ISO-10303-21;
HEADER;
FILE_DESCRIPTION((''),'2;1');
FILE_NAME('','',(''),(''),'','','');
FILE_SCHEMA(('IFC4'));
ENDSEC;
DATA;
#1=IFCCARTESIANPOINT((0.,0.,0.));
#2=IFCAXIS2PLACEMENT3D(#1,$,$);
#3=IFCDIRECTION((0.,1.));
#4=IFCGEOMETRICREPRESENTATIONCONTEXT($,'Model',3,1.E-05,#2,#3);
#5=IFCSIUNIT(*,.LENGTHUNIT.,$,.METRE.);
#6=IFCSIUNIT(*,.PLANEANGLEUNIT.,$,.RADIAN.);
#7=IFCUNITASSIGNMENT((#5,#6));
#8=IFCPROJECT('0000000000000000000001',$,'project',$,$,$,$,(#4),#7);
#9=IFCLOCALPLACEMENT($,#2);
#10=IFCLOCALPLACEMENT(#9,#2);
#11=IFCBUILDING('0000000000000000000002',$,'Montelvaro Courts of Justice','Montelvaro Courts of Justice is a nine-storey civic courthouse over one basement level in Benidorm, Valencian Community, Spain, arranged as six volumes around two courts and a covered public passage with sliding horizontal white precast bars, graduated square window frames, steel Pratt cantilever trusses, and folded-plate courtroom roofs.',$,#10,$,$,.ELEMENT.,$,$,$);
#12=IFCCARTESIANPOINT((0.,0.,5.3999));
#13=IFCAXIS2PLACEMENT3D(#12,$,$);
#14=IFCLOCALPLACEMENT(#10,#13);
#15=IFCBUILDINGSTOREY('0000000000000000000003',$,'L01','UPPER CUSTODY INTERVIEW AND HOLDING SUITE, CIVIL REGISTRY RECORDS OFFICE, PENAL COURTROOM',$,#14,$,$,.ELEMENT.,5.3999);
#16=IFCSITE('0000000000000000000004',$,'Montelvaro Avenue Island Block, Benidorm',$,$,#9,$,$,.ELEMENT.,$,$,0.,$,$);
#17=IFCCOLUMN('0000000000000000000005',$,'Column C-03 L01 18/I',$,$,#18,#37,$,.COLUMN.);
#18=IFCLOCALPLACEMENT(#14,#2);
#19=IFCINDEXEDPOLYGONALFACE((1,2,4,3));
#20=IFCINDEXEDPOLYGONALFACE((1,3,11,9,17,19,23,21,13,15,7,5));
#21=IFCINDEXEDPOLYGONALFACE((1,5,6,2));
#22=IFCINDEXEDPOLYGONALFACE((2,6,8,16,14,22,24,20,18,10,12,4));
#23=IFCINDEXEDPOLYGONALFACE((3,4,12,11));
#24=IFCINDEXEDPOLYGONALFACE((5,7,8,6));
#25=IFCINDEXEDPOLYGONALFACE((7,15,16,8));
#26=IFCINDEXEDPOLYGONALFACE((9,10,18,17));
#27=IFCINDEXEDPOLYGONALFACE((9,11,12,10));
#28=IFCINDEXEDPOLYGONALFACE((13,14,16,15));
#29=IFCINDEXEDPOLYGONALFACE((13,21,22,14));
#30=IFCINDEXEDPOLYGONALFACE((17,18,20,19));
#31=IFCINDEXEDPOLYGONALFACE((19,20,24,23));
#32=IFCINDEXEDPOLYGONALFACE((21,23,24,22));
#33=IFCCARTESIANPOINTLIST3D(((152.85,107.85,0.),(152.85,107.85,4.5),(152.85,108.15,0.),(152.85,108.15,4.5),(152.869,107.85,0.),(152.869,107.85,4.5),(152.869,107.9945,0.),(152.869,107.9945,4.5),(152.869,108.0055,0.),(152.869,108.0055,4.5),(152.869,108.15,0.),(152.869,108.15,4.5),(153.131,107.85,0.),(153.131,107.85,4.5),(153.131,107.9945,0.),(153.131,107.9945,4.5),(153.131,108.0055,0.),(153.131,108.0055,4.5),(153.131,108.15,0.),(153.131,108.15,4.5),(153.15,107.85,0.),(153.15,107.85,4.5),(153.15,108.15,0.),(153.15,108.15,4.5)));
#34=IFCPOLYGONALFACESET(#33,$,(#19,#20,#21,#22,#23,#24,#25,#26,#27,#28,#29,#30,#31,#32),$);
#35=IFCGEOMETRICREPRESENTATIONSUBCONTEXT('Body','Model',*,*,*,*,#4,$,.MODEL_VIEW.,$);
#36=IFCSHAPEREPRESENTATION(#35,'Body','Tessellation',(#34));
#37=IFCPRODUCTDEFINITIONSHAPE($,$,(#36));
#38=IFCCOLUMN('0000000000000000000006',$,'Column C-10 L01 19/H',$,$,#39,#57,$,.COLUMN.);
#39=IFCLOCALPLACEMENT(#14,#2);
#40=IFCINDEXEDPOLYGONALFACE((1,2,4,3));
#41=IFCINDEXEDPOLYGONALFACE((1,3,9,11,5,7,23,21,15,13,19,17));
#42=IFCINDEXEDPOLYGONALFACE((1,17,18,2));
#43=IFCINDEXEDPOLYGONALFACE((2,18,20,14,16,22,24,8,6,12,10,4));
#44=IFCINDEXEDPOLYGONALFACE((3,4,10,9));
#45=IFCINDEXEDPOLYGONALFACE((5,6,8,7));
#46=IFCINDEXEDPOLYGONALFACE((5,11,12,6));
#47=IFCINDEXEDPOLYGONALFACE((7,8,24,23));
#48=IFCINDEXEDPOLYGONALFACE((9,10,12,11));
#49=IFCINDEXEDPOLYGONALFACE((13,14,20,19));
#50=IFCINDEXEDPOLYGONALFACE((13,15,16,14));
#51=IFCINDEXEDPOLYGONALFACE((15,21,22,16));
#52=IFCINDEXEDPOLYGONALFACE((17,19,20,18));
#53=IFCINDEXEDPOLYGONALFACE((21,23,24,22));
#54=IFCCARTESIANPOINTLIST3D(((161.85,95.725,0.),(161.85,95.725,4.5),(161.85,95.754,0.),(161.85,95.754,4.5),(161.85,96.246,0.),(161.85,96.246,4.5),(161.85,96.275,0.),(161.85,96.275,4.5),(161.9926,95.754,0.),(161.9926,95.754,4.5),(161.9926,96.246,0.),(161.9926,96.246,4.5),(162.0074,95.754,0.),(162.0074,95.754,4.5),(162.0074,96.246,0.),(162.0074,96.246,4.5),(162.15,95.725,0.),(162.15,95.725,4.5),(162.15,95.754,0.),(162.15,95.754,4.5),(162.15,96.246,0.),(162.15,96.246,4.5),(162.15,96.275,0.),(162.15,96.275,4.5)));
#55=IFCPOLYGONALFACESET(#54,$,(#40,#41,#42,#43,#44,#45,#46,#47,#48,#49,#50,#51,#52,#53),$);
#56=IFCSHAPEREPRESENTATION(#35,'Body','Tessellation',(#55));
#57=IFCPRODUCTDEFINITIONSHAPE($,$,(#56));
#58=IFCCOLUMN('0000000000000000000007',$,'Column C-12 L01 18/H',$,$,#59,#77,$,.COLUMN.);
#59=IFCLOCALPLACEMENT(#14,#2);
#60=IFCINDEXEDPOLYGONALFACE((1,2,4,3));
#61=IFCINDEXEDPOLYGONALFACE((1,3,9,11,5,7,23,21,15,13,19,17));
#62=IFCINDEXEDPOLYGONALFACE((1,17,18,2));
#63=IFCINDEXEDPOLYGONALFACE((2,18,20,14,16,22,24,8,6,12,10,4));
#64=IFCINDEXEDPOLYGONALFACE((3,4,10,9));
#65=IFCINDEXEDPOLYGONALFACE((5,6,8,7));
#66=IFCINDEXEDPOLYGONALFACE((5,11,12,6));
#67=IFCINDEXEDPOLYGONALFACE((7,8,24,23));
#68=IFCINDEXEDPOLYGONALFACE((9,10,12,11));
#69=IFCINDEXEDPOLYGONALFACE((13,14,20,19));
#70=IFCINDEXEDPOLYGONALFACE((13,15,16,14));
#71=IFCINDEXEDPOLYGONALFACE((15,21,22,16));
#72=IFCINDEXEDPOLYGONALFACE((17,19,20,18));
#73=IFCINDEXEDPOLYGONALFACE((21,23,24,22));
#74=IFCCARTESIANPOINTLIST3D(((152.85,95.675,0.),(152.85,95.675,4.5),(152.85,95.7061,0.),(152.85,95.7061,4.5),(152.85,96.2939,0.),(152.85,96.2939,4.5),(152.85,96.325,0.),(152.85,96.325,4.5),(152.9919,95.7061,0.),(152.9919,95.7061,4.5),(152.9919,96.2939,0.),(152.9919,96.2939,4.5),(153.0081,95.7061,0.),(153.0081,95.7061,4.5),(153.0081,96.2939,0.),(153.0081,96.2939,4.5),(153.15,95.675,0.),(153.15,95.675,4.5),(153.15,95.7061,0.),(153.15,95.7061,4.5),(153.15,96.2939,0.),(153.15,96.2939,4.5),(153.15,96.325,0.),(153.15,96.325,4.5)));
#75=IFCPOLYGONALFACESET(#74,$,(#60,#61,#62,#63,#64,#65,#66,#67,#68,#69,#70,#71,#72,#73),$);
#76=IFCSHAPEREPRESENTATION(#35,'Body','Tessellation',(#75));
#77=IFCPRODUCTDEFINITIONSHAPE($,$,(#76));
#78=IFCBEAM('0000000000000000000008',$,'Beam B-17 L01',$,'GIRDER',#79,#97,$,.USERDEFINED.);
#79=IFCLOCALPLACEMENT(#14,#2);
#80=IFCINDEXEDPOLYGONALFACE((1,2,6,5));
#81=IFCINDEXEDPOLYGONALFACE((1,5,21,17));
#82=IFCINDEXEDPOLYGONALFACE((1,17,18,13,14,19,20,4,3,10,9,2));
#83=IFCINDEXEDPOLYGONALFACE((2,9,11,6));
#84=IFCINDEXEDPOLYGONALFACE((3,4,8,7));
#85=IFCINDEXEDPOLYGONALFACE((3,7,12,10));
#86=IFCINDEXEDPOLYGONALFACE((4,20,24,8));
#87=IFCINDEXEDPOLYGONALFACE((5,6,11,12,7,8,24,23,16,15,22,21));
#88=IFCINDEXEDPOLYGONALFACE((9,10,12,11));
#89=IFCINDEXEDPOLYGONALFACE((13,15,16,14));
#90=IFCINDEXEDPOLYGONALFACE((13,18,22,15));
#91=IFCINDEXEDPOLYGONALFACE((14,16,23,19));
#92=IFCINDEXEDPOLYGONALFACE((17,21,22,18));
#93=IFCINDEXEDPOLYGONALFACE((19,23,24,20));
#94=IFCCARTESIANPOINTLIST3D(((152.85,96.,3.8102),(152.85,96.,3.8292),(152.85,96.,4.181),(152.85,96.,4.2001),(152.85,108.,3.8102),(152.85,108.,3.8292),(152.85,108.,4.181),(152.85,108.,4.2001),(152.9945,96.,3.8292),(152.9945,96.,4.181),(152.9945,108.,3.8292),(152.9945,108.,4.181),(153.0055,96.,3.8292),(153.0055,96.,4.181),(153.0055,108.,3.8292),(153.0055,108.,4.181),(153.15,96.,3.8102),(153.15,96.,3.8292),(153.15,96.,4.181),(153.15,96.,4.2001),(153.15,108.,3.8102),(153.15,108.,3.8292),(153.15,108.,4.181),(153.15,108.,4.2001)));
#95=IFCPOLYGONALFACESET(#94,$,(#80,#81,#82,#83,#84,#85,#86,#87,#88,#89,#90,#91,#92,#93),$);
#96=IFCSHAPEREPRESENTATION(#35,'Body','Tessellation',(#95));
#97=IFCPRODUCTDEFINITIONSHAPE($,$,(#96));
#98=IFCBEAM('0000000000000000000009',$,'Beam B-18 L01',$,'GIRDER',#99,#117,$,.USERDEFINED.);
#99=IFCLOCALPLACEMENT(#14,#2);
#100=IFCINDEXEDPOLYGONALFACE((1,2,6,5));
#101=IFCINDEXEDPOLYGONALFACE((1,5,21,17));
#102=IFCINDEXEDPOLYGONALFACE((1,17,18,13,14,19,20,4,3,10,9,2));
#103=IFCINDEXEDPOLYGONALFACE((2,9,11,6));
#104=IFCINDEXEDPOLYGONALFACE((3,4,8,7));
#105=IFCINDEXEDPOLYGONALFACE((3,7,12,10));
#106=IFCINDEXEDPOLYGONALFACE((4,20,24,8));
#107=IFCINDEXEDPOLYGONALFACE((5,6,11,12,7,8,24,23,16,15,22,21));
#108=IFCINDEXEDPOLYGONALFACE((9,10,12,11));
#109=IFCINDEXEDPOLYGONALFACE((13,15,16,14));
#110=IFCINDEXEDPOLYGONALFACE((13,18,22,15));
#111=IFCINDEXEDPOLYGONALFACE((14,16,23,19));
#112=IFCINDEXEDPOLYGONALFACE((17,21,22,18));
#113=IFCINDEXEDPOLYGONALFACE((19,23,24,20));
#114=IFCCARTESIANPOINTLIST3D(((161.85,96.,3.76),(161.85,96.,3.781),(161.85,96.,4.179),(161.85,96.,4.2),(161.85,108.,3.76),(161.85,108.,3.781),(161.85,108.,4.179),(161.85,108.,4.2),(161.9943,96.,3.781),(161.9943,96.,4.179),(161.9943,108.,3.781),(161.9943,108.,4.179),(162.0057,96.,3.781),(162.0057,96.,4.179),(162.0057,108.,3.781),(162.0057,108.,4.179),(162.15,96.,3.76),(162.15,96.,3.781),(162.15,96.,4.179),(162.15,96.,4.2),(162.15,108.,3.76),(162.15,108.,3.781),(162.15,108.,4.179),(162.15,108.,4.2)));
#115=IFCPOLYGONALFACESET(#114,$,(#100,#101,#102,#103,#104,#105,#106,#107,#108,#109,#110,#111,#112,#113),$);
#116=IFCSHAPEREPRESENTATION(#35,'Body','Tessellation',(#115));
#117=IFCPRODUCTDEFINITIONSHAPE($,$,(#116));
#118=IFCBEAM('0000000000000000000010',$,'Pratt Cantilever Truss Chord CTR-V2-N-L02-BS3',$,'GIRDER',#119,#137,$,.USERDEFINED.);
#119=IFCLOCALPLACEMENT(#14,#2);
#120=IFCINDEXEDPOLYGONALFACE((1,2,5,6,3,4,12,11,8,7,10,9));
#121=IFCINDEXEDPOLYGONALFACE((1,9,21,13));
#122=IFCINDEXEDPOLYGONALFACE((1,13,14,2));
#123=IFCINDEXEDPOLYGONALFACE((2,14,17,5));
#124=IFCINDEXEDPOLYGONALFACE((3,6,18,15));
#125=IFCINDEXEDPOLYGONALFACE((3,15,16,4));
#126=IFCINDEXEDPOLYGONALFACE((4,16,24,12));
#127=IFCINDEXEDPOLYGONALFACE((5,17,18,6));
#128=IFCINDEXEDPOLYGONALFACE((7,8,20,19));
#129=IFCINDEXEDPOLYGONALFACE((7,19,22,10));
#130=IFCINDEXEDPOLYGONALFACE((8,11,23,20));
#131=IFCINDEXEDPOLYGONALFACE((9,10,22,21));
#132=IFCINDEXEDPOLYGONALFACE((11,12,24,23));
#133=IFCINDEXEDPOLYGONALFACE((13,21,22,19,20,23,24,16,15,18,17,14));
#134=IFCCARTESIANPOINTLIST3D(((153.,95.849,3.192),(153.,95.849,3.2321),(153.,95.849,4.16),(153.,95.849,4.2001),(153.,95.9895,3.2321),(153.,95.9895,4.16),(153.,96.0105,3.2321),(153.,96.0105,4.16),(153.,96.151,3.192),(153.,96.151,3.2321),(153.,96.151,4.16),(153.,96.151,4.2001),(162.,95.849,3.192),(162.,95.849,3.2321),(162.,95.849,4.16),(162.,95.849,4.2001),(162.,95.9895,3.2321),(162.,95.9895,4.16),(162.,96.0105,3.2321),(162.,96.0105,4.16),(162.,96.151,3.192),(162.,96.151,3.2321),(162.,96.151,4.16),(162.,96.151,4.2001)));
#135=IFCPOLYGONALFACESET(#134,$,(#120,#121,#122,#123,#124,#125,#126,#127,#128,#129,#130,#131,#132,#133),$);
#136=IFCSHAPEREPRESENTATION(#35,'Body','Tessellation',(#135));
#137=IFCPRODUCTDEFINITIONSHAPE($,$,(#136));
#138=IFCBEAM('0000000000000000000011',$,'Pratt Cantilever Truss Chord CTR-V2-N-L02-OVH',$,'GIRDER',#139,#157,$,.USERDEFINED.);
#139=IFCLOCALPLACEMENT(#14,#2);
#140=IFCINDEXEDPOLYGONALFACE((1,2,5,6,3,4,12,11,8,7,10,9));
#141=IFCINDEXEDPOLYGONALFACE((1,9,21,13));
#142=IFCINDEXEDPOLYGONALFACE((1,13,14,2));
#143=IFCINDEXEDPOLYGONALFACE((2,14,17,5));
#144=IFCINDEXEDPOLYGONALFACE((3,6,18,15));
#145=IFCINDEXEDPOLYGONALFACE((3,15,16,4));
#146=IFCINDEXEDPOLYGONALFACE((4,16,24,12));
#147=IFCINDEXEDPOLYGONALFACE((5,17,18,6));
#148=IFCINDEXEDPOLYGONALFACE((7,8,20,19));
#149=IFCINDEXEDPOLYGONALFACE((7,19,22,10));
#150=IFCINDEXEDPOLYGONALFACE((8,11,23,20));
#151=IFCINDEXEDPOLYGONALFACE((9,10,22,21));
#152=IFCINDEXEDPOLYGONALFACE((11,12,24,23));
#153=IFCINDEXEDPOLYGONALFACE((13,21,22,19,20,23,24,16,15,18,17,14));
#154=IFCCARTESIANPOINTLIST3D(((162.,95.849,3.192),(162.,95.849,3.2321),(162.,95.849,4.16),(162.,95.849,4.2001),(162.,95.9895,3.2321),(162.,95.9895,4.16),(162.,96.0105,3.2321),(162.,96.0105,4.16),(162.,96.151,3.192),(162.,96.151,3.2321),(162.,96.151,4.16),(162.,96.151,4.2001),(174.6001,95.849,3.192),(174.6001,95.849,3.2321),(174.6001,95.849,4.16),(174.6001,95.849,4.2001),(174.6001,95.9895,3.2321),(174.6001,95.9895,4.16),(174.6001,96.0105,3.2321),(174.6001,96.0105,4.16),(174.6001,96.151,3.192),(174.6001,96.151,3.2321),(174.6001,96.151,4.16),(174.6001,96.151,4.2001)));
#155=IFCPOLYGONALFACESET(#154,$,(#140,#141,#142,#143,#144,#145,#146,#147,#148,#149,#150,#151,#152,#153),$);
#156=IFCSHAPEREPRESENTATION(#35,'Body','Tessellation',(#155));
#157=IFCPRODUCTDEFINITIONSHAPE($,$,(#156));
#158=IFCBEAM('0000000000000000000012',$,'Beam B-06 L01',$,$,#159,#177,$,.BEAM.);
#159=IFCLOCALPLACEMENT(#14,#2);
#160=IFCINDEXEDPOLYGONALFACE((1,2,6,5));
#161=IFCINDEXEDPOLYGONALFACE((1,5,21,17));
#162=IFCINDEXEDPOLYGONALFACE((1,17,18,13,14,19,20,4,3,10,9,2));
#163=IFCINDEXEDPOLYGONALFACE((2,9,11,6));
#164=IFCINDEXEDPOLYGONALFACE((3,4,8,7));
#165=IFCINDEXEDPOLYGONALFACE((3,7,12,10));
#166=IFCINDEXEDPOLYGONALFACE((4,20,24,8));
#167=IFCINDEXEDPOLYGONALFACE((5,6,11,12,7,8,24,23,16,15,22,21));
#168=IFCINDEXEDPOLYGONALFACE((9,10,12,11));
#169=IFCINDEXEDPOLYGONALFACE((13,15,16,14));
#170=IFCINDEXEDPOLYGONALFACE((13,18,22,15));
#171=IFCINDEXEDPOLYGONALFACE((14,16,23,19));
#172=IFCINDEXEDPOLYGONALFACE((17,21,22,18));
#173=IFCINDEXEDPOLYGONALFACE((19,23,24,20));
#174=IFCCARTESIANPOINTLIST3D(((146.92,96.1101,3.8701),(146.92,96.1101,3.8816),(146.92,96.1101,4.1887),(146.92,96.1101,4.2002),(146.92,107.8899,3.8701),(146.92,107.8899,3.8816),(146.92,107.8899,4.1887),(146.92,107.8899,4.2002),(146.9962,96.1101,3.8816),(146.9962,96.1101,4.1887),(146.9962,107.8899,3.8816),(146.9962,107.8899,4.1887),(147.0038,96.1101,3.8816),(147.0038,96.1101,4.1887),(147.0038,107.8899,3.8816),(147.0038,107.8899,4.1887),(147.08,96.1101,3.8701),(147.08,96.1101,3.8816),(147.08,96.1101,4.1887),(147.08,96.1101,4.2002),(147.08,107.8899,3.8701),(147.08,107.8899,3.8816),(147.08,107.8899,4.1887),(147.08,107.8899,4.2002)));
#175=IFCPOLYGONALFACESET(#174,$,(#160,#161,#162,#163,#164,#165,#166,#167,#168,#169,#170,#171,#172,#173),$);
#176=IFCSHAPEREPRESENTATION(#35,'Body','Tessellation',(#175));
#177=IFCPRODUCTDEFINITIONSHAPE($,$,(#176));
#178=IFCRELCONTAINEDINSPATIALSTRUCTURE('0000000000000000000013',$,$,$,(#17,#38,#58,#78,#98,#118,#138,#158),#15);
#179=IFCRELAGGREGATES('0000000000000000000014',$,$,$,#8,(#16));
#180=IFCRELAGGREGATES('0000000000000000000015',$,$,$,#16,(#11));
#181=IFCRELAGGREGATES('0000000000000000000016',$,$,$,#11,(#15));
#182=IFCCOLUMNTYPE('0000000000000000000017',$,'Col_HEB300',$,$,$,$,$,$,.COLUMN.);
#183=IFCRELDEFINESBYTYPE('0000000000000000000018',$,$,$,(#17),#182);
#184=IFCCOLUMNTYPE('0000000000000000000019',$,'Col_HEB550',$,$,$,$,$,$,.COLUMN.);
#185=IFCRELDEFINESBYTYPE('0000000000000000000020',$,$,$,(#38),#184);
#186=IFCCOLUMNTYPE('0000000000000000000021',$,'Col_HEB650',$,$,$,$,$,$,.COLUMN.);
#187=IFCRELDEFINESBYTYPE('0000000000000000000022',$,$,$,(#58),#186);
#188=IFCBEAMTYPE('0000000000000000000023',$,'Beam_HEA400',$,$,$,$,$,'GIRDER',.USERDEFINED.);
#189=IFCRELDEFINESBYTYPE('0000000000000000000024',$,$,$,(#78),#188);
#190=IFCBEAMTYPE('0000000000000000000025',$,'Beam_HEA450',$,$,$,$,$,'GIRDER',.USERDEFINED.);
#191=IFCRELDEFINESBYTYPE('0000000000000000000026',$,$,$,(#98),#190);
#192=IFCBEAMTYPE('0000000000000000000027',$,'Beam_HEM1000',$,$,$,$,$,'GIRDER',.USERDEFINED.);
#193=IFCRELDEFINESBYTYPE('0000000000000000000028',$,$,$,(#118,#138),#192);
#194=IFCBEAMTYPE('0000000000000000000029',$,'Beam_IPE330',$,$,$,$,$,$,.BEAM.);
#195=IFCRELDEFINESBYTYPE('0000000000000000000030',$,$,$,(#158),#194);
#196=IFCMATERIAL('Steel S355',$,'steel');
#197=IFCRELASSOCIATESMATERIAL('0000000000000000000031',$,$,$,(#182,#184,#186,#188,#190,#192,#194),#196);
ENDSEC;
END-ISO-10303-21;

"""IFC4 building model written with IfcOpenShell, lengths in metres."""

from ifc_helpers import new_model, si_unit, direction, frame, origin, origin_2d, place, context, subcontext, project, spatial, i_section, extrude, material, material_profile, profile_set, type_object, element, save


model = new_model("IFC4")

# Units and contexts
model_context = context("Model", 3, precision=1e-05, world=origin(), true_north=direction((0.0, 1.0)))
body_context = subcontext(model_context, "Body", "Model", "MODEL_VIEW")
ifc_project = project(units=[si_unit("LENGTHUNIT", "METRE"), si_unit("PLANEANGLEUNIT", "RADIAN")], contexts=[model_context])

# Site, building, storey
site_placement = place(None, origin())
site = spatial("IfcSite", under=ifc_project, at=site_placement, Name="Montelvaro Avenue Island Block, Benidorm", CompositionType="ELEMENT", RefElevation=0.0)
building_placement = place(site_placement, origin())
building = spatial("IfcBuilding", under=site, at=building_placement, Name="Montelvaro Courts of Justice", Description="Montelvaro Courts of Justice is a nine-storey civic courthouse over one basement level in Benidorm, Valencian Community, Spain, arranged as six volumes around two courts and a covered public passage with sliding horizontal white precast bars, graduated square window frames, steel Pratt cantilever trusses, and folded-plate courtroom roofs.", CompositionType="ELEMENT")
storey_placement = place(building_placement, frame((0.0, 0.0, 5.3999)))
storey = spatial("IfcBuildingStorey", under=building, at=storey_placement, Name="L01", Description="UPPER CUSTODY INTERVIEW AND HOLDING SUITE, CIVIL REGISTRY RECORDS OFFICE, PENAL COURTROOM", CompositionType="ELEMENT", Elevation=5.3999)

# Columns
ifc_material_1 = material(Name="Steel S355", Category="steel")
ifc_material_profile_1 = material_profile(ifc_material_1, i_section(OverallWidth=0.3, OverallDepth=0.3, WebThickness=0.011, FlangeThickness=0.019, at=origin_2d()), Name="HEB 300")
ifc_profile_set_1 = profile_set([ifc_material_profile_1], Name="Steel S355")
column_type_1 = type_object("IfcColumnType", Name="Col_HEB300", PredefinedType="COLUMN", material=ifc_profile_set_1)
column_1_placement = place(storey_placement, frame((153.0, 108.0, 0.0), z_axis=(0.0, 0.0, 1.0), x_axis=(0.0, 1.0, 0.0)))
element("IfcColumn", 1, at=column_1_placement, inside=storey, type_object=column_type_1, Name="Column C-03 L01 18/I", PredefinedType="COLUMN", context=body_context, shape_type="SweptSolid", body=[
    extrude(i_section(OverallWidth=0.3, OverallDepth=0.3, WebThickness=0.011, FlangeThickness=0.019, at=origin_2d()), origin(), (0.0, 0.0, 1.0), 4.5),
])
ifc_material_profile_2 = material_profile(ifc_material_1, i_section(OverallWidth=0.3, OverallDepth=0.55, WebThickness=0.0149, FlangeThickness=0.0291, at=origin_2d()), Name="HEB 550")
ifc_profile_set_2 = profile_set([ifc_material_profile_2], Name="Steel S355")
column_type_2 = type_object("IfcColumnType", Name="Col_HEB550", PredefinedType="COLUMN", material=ifc_profile_set_2)
column_2_placement = place(storey_placement, frame((162.0, 96.0, 0.0), z_axis=(0.0, 0.0, 1.0), x_axis=(1.0, 0.0, 0.0)))
element("IfcColumn", 2, at=column_2_placement, inside=storey, type_object=column_type_2, Name="Column C-10 L01 19/H", PredefinedType="COLUMN", context=body_context, shape_type="SweptSolid", body=[
    extrude(i_section(OverallWidth=0.3, OverallDepth=0.55, WebThickness=0.0149, FlangeThickness=0.0291, at=origin_2d()), origin(), (0.0, 0.0, 1.0), 4.5),
])
ifc_material_profile_3 = material_profile(ifc_material_1, i_section(OverallWidth=0.3, OverallDepth=0.6499, WebThickness=0.0161, FlangeThickness=0.031, at=origin_2d()), Name="HEB 650")
ifc_profile_set_3 = profile_set([ifc_material_profile_3], Name="Steel S355")
column_type_3 = type_object("IfcColumnType", Name="Col_HEB650", PredefinedType="COLUMN", material=ifc_profile_set_3)
column_3_placement = place(storey_placement, frame((153.0, 96.0, 0.0), z_axis=(0.0, 0.0, 1.0), x_axis=(1.0, 0.0, 0.0)))
element("IfcColumn", 3, at=column_3_placement, inside=storey, type_object=column_type_3, Name="Column C-12 L01 18/H", PredefinedType="COLUMN", context=body_context, shape_type="SweptSolid", body=[
    extrude(i_section(OverallWidth=0.3, OverallDepth=0.6499, WebThickness=0.0161, FlangeThickness=0.031, at=origin_2d()), origin(), (0.0, 0.0, 1.0), 4.5),
])

# Beams
ifc_material_profile_4 = material_profile(ifc_material_1, i_section(OverallWidth=0.3, OverallDepth=0.3899, WebThickness=0.011, FlangeThickness=0.019, at=origin_2d()), Name="HEA 400")
ifc_profile_set_4 = profile_set([ifc_material_profile_4], Name="Steel S355")
beam_type_1 = type_object("IfcBeamType", Name="Beam_HEA400", ElementType="GIRDER", PredefinedType="USERDEFINED", material=ifc_profile_set_4)
beam_1_placement = place(storey_placement, frame((153.0, 96.0, 4.0051), z_axis=(0.0, 1.0, 0.0), x_axis=(-1.0, 0.0, 0.0)))
element("IfcBeam", 4, at=beam_1_placement, inside=storey, type_object=beam_type_1, Name="Beam B-17 L01", ObjectType="GIRDER", PredefinedType="USERDEFINED", context=body_context, shape_type="SweptSolid", body=[
    extrude(i_section(OverallWidth=0.3, OverallDepth=0.3899, WebThickness=0.011, FlangeThickness=0.019, at=origin_2d()), origin(), (0.0, 0.0, 1.0), 12.0),
])
ifc_material_profile_5 = material_profile(ifc_material_1, i_section(OverallWidth=0.3, OverallDepth=0.4399, WebThickness=0.0115, FlangeThickness=0.021, at=origin_2d()), Name="HEA 450")
ifc_profile_set_5 = profile_set([ifc_material_profile_5], Name="Steel S355")
beam_type_2 = type_object("IfcBeamType", Name="Beam_HEA450", ElementType="GIRDER", PredefinedType="USERDEFINED", material=ifc_profile_set_5)
beam_2_placement = place(storey_placement, frame((162.0, 96.0, 3.98), z_axis=(0.0, 1.0, 0.0), x_axis=(-1.0, 0.0, 0.0)))
element("IfcBeam", 5, at=beam_2_placement, inside=storey, type_object=beam_type_2, Name="Beam B-18 L01", ObjectType="GIRDER", PredefinedType="USERDEFINED", context=body_context, shape_type="SweptSolid", body=[
    extrude(i_section(OverallWidth=0.3, OverallDepth=0.4399, WebThickness=0.0115, FlangeThickness=0.021, at=origin_2d()), origin(), (0.0, 0.0, 1.0), 12.0),
])
ifc_material_profile_6 = material_profile(ifc_material_1, i_section(OverallWidth=0.302, OverallDepth=1.0081, WebThickness=0.021, FlangeThickness=0.04, at=origin_2d()), Name="HEM 1000")
ifc_profile_set_6 = profile_set([ifc_material_profile_6], Name="Steel S355")
beam_type_3 = type_object("IfcBeamType", Name="Beam_HEM1000", ElementType="GIRDER", PredefinedType="USERDEFINED", material=ifc_profile_set_6)
beam_3_placement = place(storey_placement, frame((153.0, 96.0, 3.696), z_axis=(1.0, 0.0, 0.0), x_axis=(0.0, 1.0, 0.0)))
element("IfcBeam", 6, at=beam_3_placement, inside=storey, type_object=beam_type_3, Name="Pratt Cantilever Truss Chord CTR-V2-N-L02-BS3", ObjectType="GIRDER", PredefinedType="USERDEFINED", context=body_context, shape_type="SweptSolid", body=[
    extrude(i_section(OverallWidth=0.302, OverallDepth=1.0081, WebThickness=0.021, FlangeThickness=0.04, at=origin_2d()), origin(), (0.0, 0.0, 1.0), 9.0),
])
beam_4_placement = place(storey_placement, frame((162.0, 96.0, 3.696), z_axis=(1.0, 0.0, 0.0), x_axis=(0.0, 1.0, 0.0)))
element("IfcBeam", 7, at=beam_4_placement, inside=storey, type_object=beam_type_3, Name="Pratt Cantilever Truss Chord CTR-V2-N-L02-OVH", ObjectType="GIRDER", PredefinedType="USERDEFINED", context=body_context, shape_type="SweptSolid", body=[
    extrude(i_section(OverallWidth=0.302, OverallDepth=1.0081, WebThickness=0.021, FlangeThickness=0.04, at=origin_2d()), origin(), (0.0, 0.0, 1.0), 12.6001),
])
ifc_material_profile_7 = material_profile(ifc_material_1, i_section(OverallWidth=0.1599, OverallDepth=0.3301, WebThickness=0.0076, FlangeThickness=0.0115, at=origin_2d()), Name="IPE 330")
ifc_profile_set_7 = profile_set([ifc_material_profile_7], Name="Steel S355")
beam_type_4 = type_object("IfcBeamType", Name="Beam_IPE330", PredefinedType="BEAM", material=ifc_profile_set_7)
beam_5_placement = place(storey_placement, frame((147.0, 96.1101, 4.0352), z_axis=(0.0, 1.0, 0.0), x_axis=(-1.0, 0.0, 0.0)))
element("IfcBeam", 8, at=beam_5_placement, inside=storey, type_object=beam_type_4, Name="Beam B-06 L01", PredefinedType="BEAM", context=body_context, shape_type="SweptSolid", body=[
    extrude(i_section(OverallWidth=0.1599, OverallDepth=0.3301, WebThickness=0.0076, FlangeThickness=0.0115, at=origin_2d()), origin(), (0.0, 0.0, 1.0), 11.7798),
])

save(model, "model.ifc")
